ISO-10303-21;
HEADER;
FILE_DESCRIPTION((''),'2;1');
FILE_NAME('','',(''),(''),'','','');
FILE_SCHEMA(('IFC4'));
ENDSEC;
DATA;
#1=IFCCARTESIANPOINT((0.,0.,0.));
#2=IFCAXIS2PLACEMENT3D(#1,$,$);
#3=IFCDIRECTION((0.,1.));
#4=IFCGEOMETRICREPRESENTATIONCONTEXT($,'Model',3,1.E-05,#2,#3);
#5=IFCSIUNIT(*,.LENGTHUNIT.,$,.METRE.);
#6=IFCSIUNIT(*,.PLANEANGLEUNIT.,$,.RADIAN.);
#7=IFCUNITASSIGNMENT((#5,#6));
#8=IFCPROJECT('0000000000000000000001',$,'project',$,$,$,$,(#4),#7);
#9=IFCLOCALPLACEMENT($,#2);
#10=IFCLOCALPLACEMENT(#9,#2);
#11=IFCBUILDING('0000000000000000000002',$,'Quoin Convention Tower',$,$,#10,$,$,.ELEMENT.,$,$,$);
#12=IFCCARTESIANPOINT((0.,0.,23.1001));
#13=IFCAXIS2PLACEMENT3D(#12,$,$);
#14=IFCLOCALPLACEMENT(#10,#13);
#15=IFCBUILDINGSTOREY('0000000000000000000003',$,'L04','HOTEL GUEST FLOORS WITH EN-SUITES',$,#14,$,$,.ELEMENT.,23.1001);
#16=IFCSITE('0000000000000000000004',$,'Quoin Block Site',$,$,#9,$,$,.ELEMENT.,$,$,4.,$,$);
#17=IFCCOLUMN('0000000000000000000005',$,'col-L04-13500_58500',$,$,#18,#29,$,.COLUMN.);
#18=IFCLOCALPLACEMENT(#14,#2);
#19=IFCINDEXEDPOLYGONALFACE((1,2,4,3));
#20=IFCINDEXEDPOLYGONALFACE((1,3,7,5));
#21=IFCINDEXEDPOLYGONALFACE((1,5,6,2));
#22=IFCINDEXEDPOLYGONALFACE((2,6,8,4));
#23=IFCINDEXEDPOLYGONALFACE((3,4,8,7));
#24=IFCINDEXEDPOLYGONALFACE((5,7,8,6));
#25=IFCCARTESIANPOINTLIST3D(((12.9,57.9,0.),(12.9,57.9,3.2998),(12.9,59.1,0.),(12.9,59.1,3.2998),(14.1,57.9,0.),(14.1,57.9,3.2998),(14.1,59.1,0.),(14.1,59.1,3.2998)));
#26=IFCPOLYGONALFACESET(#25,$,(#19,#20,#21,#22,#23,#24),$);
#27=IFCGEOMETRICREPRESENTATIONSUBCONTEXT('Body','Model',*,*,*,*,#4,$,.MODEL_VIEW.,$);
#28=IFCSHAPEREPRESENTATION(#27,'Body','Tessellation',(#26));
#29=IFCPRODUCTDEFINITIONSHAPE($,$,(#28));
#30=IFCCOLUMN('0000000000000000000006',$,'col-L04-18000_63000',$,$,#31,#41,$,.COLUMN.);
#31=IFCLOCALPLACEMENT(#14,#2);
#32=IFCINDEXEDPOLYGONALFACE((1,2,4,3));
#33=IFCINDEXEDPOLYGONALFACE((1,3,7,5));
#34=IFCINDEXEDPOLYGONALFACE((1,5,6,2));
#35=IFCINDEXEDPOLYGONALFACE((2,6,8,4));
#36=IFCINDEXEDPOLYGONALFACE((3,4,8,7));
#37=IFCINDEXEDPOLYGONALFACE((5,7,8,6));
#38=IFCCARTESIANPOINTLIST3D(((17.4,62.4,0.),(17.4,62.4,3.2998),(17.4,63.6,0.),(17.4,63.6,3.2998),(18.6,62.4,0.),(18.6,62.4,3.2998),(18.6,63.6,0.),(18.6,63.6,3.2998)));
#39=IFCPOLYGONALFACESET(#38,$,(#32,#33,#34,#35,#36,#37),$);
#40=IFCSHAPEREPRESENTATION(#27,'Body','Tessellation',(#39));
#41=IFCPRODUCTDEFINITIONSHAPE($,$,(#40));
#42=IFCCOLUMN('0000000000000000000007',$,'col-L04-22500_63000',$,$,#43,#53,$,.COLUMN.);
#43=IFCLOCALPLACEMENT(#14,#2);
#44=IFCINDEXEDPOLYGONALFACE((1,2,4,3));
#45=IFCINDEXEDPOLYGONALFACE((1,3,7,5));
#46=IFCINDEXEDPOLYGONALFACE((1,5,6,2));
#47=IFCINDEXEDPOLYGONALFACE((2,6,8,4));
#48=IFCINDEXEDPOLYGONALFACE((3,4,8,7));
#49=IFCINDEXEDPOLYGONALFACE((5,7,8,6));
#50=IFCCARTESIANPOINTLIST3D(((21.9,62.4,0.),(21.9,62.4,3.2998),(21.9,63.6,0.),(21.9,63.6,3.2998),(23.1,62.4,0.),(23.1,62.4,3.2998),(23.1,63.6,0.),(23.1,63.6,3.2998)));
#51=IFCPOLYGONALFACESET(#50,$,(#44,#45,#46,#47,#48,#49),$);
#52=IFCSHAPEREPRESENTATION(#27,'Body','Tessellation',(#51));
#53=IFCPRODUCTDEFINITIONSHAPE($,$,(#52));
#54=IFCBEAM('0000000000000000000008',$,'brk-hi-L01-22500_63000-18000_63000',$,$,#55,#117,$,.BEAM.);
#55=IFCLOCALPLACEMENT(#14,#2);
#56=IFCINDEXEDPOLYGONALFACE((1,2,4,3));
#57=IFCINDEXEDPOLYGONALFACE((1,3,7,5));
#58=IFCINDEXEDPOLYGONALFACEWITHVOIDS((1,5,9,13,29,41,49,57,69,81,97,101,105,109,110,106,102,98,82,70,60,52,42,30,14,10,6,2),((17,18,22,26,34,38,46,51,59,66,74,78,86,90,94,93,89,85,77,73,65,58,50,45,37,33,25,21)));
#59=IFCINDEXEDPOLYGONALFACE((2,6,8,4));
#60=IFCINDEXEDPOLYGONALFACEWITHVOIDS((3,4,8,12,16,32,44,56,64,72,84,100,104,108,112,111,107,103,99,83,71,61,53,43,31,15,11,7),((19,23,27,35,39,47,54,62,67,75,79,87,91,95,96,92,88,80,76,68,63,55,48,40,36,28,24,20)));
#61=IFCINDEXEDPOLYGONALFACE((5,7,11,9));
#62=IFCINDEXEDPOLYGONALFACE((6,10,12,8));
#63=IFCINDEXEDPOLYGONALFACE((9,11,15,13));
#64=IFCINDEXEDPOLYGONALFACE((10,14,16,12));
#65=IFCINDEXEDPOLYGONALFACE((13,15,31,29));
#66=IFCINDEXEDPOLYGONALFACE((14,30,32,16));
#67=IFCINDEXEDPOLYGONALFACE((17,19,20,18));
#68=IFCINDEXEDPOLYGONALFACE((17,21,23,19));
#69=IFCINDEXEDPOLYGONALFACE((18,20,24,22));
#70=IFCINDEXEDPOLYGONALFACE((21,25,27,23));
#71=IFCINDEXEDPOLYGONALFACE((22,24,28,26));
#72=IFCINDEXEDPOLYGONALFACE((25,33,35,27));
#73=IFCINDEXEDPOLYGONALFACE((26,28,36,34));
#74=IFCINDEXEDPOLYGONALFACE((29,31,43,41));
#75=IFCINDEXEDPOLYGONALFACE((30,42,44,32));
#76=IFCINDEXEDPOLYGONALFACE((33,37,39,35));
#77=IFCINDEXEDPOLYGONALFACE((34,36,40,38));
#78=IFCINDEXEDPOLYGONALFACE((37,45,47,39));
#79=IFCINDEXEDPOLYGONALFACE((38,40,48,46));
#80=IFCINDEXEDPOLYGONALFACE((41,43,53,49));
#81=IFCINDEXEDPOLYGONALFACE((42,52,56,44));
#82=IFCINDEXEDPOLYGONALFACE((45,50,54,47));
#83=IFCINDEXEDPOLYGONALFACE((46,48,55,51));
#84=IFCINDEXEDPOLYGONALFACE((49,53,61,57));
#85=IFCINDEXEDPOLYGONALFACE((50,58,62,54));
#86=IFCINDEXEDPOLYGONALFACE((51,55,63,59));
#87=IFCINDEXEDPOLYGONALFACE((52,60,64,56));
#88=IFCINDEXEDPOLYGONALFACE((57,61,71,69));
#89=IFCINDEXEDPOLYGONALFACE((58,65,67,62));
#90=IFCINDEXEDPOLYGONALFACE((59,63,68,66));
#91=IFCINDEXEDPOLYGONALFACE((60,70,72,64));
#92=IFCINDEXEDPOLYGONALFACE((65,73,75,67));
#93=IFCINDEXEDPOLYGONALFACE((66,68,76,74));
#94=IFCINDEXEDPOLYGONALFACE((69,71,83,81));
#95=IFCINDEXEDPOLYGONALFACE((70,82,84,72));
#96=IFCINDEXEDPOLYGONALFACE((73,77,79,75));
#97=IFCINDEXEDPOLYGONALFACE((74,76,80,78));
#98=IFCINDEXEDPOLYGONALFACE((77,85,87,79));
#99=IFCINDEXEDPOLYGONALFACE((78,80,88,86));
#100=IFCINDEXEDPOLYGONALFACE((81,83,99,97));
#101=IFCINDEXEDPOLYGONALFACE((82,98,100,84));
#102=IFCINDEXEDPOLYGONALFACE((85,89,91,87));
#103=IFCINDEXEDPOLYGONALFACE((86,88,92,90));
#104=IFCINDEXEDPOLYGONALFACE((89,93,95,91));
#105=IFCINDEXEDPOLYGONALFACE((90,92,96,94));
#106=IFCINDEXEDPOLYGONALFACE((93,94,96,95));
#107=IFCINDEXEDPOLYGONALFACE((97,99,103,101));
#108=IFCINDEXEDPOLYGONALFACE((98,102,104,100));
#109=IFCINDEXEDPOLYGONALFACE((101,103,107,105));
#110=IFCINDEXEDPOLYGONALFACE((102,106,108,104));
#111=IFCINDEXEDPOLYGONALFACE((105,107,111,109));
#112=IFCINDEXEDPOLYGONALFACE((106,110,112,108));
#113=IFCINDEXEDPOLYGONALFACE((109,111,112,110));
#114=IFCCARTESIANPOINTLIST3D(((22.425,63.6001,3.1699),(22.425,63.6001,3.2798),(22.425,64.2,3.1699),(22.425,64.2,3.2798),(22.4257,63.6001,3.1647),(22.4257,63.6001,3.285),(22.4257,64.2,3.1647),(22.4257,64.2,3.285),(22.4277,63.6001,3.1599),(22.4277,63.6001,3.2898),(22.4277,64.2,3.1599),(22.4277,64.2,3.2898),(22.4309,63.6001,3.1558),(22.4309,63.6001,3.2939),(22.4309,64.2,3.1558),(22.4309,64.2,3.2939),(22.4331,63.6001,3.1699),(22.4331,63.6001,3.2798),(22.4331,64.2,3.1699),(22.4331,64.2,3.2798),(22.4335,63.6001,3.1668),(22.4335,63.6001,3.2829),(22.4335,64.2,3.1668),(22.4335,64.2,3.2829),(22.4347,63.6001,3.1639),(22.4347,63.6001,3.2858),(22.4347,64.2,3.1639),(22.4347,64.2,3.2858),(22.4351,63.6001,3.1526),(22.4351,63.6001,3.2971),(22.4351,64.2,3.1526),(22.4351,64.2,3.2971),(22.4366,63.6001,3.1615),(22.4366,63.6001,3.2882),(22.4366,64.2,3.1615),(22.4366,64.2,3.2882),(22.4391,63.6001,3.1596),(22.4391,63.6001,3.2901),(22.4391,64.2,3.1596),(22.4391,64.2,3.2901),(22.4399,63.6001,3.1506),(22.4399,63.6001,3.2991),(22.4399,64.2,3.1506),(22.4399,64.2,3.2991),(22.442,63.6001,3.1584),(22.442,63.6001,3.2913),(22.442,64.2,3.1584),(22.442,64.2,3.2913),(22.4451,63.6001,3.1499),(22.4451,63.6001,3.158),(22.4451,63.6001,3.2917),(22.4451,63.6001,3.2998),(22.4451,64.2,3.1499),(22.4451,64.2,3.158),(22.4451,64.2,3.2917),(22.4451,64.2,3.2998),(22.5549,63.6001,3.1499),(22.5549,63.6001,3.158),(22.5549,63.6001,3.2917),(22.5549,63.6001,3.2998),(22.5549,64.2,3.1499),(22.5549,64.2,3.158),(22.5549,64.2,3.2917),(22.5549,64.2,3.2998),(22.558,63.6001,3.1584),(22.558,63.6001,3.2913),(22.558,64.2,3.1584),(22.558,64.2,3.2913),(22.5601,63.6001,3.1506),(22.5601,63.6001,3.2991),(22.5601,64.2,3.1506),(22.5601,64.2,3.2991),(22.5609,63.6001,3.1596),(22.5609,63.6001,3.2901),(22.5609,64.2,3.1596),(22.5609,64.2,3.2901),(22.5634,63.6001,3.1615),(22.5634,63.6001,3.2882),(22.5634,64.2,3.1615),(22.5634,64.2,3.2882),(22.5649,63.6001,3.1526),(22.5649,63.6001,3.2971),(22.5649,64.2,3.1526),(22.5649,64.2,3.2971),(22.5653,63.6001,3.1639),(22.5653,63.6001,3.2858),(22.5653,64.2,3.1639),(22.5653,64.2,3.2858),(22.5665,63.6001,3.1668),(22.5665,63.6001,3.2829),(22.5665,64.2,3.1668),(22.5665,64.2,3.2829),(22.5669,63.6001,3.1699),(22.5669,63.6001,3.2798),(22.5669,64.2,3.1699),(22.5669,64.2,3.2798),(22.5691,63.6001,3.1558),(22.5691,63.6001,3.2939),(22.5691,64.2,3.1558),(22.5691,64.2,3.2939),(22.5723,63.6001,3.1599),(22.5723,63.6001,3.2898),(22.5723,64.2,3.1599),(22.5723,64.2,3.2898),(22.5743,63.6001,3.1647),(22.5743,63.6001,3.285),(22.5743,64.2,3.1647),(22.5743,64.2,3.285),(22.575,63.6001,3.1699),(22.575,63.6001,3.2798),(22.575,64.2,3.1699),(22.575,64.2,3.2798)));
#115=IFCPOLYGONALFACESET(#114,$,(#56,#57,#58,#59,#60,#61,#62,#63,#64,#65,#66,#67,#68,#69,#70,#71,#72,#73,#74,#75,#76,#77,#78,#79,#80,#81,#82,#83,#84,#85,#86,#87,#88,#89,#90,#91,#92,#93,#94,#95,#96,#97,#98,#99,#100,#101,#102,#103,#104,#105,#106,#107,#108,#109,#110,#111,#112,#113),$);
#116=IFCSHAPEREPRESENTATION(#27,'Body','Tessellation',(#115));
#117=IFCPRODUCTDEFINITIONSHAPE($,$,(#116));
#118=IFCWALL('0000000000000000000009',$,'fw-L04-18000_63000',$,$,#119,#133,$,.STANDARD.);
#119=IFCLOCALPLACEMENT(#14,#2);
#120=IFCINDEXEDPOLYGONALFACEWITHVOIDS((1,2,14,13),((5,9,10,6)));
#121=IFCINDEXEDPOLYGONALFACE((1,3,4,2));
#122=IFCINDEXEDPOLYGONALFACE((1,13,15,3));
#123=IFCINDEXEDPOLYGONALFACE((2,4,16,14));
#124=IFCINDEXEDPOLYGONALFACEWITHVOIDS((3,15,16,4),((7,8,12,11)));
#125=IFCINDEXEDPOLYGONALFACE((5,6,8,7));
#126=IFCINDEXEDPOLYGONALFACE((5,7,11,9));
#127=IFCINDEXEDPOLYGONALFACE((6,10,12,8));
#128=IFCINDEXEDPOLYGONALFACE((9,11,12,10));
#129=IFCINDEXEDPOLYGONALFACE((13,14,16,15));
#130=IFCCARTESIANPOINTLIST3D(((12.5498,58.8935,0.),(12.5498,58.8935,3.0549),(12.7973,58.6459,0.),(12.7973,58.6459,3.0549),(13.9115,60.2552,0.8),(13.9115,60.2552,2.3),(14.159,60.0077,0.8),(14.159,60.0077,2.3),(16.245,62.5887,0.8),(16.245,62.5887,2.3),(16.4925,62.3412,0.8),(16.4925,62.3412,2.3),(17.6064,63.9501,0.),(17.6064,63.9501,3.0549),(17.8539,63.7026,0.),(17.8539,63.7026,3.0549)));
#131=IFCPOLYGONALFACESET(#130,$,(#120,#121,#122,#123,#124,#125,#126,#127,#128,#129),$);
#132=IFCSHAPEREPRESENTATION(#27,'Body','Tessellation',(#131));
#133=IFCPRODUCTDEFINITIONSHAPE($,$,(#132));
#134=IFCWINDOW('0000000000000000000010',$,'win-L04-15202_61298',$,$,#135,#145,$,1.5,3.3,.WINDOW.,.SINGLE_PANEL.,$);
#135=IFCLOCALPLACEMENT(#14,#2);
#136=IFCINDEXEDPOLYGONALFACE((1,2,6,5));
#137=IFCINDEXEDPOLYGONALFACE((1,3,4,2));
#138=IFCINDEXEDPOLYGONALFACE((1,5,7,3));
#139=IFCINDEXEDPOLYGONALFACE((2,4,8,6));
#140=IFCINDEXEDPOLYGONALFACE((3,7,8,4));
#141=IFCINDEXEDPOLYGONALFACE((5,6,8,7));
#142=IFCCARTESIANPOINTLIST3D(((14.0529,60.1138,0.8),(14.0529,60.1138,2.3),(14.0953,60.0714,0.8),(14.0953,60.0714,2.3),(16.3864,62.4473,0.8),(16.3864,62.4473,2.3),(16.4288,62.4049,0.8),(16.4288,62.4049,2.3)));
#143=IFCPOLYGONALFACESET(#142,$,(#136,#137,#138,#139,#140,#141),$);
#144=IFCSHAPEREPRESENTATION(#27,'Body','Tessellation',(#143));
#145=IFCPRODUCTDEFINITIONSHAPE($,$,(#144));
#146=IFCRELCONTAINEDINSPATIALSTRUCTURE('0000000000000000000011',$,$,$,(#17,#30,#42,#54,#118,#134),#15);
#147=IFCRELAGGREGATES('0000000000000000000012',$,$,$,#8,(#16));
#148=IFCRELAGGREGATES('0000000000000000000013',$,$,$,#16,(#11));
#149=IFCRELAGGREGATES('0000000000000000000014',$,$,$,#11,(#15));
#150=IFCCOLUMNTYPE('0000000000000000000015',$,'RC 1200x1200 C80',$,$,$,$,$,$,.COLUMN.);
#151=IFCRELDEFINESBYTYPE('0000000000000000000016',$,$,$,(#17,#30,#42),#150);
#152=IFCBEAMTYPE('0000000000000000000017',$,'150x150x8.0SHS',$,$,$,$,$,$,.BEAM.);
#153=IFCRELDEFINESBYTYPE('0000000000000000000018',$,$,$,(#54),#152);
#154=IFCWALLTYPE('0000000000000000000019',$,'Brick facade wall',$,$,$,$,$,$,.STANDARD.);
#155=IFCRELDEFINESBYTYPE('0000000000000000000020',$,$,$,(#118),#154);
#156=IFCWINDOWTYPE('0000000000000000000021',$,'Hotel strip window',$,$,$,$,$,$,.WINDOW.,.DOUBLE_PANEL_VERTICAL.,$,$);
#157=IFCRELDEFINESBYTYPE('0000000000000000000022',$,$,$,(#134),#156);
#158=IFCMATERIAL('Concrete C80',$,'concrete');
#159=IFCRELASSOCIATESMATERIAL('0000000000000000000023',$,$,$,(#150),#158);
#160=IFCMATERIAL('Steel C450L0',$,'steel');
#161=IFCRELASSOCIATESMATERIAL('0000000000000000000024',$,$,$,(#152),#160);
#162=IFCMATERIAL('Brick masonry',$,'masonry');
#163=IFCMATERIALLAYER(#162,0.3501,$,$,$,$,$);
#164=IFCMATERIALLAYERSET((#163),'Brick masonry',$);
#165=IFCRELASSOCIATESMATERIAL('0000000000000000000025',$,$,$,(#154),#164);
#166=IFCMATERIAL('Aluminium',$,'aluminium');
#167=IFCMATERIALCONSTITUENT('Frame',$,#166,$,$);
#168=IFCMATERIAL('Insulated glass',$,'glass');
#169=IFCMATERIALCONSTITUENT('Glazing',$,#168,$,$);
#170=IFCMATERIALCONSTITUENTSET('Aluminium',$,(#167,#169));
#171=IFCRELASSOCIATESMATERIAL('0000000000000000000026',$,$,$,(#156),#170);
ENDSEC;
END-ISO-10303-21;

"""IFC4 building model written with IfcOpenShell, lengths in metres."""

from ifc_helpers import new_model, si_unit, direction, frame, frame_2d, origin, origin_2d, place, context, subcontext, project, spatial, rectangle, hollow_rectangle, extrude, material, layer, layer_set, constituent, constituent_set, material_profile, profile_set, type_object, element, fill, save


model = new_model("IFC4")

# Units and contexts
model_context = context("Model", 3, precision=1e-05, world=origin(), true_north=direction((0.0, 1.0)))
body_context = subcontext(model_context, "Body", "Model", "MODEL_VIEW")
ifc_project = project(units=[si_unit("LENGTHUNIT", "METRE"), si_unit("PLANEANGLEUNIT", "RADIAN")], contexts=[model_context])

# Site, building, storey
site_placement = place(None, origin())
site = spatial("IfcSite", under=ifc_project, at=site_placement, Name="Quoin Block Site", CompositionType="ELEMENT", RefElevation=4.0)
building_placement = place(site_placement, origin())
building = spatial("IfcBuilding", under=site, at=building_placement, Name="Quoin Convention Tower", CompositionType="ELEMENT")
storey_placement = place(building_placement, frame((0.0, 0.0, 23.1001)))
storey = spatial("IfcBuildingStorey", under=building, at=storey_placement, Name="L04", Description="HOTEL GUEST FLOORS WITH EN-SUITES", CompositionType="ELEMENT", Elevation=23.1001)

# Columns
ifc_material_1 = material(Name="Concrete C80", Category="concrete")
ifc_material_profile_1 = material_profile(ifc_material_1, rectangle(XDim=1.2, YDim=1.2, at=origin_2d()), Name="RC 1200x1200")
ifc_profile_set_1 = profile_set([ifc_material_profile_1], Name="Concrete C80")
column_type = type_object("IfcColumnType", Name="RC 1200x1200 C80", PredefinedType="COLUMN", material=ifc_profile_set_1)
for number, where, z_axis, x_axis, name in (
    (1, (13.5, 58.5, 0.0), (0.0, 0.0, 1.0), (1.0, 0.0, 0.0), "col-L04-13500_58500"),
    (2, (18.0, 63.0, 0.0), (0.0, 0.0, 1.0), (1.0, 0.0, 0.0), "col-L04-18000_63000"),
    (3, (22.5, 63.0, 0.0), (0.0, 0.0, 1.0), (1.0, 0.0, 0.0), "col-L04-22500_63000"),
):
    element("IfcColumn", number, at=place(storey_placement, frame(where, z_axis=z_axis, x_axis=x_axis)), inside=storey, type_object=column_type, Name=name, PredefinedType="COLUMN", context=body_context, shape_type="SweptSolid", body=[
        extrude(rectangle(XDim=1.2, YDim=1.2, at=origin_2d()), origin(), (0.0, 0.0, 1.0), 3.2998),
    ])

# Beam
ifc_material_2 = material(Name="Steel C450L0", Category="steel")
ifc_material_profile_2 = material_profile(ifc_material_2, hollow_rectangle(XDim=0.1499, YDim=0.1499, WallThickness=0.0081, InnerFilletRadius=0.012, OuterFilletRadius=0.02, at=origin_2d()), Name="150x150x8.0SHS")
ifc_profile_set_2 = profile_set([ifc_material_profile_2], Name="Steel C450L0")
beam_type = type_object("IfcBeamType", Name="150x150x8.0SHS", PredefinedType="BEAM", material=ifc_profile_set_2)
beam_placement = place(storey_placement, frame((22.5, 63.6001, 3.2249), z_axis=(0.0, 1.0, 0.0), x_axis=(-1.0, 0.0, 0.0)))
element("IfcBeam", 4, at=beam_placement, inside=storey, type_object=beam_type, Name="brk-hi-L01-22500_63000-18000_63000", PredefinedType="BEAM", context=body_context, shape_type="SweptSolid", body=[
    extrude(hollow_rectangle(XDim=0.1499, YDim=0.1499, WallThickness=0.0081, InnerFilletRadius=0.012, OuterFilletRadius=0.02, at=origin_2d()), origin(), (0.0, 0.0, 1.0), 0.5999),
])

# Wall, opening, window
ifc_material_3 = material(Name="Brick masonry", Category="masonry")
ifc_layer_1 = layer(ifc_material_3, 0.3501)
ifc_layer_set_1 = layer_set([ifc_layer_1], Name="Brick masonry")
wall_type_1 = type_object("IfcWallType", Name="Brick facade wall", PredefinedType="STANDARD", material=ifc_layer_set_1)
wall_1_placement = place(storey_placement, frame((17.7302, 63.8264, 0.0), z_axis=(0.0, 0.0, 1.0), x_axis=(-0.707107, -0.707107, 0.0)))
wall_1 = element("IfcWall", 5, at=wall_1_placement, inside=storey, type_object=wall_type_1, Name="fw-L04-18000_63000", PredefinedType="STANDARD", context=body_context, shape_type="SweptSolid", body=[
    extrude(rectangle(XDim=7.1511, YDim=0.3501, at=frame_2d((3.5757, 0.0))), origin(), (0.0, 0.0, 1.0), 3.0549),
])
opening_1_placement = place(wall_1_placement, frame((1.9255, 0.0, 0.8)))
opening_1 = element("IfcOpeningElement", 6, at=opening_1_placement, cuts=wall_1, PredefinedType="OPENING", context=body_context, shape_type="SweptSolid", body=[
    extrude(rectangle(XDim=3.3, YDim=1.5, at=frame_2d((1.6499, 0.75))), frame((0.0, 0.1851, 0.0), z_axis=(0.0, -1.0, 0.0), x_axis=(1.0, 0.0, 0.0)), (0.0, 0.0, 1.0), 0.3701),
])
ifc_material_4 = material(Name="Aluminium", Category="aluminium")
ifc_constituent_1 = constituent(ifc_material_4, Name="Frame")
ifc_material_5 = material(Name="Insulated glass", Category="glass")
ifc_constituent_2 = constituent(ifc_material_5, Name="Glazing")
ifc_constituent_set = constituent_set(constituents=[ifc_constituent_1, ifc_constituent_2], Name="Aluminium")
window_type = type_object("IfcWindowType", Name="Hotel strip window", PartitioningType="DOUBLE_PANEL_VERTICAL", PredefinedType="WINDOW", material=ifc_constituent_set)
window_1_placement = place(opening_1_placement, origin())
window_1 = element("IfcWindow", 7, at=window_1_placement, inside=storey, type_object=window_type, Name="win-L04-15202_61298", OverallHeight=1.5, OverallWidth=3.3, PartitioningType="SINGLE_PANEL", PredefinedType="WINDOW", context=body_context, shape_type="SweptSolid", body=[
    extrude(rectangle(XDim=3.3, YDim=1.5, at=frame_2d((1.6499, 0.75))), frame((0.0, 0.085, 0.0), z_axis=(0.0, -1.0, 0.0), x_axis=(1.0, 0.0, 0.0)), (0.0, 0.0, 1.0), 0.0601),
])
fill(opening_1, window_1)

save(model, "model.ifc")
